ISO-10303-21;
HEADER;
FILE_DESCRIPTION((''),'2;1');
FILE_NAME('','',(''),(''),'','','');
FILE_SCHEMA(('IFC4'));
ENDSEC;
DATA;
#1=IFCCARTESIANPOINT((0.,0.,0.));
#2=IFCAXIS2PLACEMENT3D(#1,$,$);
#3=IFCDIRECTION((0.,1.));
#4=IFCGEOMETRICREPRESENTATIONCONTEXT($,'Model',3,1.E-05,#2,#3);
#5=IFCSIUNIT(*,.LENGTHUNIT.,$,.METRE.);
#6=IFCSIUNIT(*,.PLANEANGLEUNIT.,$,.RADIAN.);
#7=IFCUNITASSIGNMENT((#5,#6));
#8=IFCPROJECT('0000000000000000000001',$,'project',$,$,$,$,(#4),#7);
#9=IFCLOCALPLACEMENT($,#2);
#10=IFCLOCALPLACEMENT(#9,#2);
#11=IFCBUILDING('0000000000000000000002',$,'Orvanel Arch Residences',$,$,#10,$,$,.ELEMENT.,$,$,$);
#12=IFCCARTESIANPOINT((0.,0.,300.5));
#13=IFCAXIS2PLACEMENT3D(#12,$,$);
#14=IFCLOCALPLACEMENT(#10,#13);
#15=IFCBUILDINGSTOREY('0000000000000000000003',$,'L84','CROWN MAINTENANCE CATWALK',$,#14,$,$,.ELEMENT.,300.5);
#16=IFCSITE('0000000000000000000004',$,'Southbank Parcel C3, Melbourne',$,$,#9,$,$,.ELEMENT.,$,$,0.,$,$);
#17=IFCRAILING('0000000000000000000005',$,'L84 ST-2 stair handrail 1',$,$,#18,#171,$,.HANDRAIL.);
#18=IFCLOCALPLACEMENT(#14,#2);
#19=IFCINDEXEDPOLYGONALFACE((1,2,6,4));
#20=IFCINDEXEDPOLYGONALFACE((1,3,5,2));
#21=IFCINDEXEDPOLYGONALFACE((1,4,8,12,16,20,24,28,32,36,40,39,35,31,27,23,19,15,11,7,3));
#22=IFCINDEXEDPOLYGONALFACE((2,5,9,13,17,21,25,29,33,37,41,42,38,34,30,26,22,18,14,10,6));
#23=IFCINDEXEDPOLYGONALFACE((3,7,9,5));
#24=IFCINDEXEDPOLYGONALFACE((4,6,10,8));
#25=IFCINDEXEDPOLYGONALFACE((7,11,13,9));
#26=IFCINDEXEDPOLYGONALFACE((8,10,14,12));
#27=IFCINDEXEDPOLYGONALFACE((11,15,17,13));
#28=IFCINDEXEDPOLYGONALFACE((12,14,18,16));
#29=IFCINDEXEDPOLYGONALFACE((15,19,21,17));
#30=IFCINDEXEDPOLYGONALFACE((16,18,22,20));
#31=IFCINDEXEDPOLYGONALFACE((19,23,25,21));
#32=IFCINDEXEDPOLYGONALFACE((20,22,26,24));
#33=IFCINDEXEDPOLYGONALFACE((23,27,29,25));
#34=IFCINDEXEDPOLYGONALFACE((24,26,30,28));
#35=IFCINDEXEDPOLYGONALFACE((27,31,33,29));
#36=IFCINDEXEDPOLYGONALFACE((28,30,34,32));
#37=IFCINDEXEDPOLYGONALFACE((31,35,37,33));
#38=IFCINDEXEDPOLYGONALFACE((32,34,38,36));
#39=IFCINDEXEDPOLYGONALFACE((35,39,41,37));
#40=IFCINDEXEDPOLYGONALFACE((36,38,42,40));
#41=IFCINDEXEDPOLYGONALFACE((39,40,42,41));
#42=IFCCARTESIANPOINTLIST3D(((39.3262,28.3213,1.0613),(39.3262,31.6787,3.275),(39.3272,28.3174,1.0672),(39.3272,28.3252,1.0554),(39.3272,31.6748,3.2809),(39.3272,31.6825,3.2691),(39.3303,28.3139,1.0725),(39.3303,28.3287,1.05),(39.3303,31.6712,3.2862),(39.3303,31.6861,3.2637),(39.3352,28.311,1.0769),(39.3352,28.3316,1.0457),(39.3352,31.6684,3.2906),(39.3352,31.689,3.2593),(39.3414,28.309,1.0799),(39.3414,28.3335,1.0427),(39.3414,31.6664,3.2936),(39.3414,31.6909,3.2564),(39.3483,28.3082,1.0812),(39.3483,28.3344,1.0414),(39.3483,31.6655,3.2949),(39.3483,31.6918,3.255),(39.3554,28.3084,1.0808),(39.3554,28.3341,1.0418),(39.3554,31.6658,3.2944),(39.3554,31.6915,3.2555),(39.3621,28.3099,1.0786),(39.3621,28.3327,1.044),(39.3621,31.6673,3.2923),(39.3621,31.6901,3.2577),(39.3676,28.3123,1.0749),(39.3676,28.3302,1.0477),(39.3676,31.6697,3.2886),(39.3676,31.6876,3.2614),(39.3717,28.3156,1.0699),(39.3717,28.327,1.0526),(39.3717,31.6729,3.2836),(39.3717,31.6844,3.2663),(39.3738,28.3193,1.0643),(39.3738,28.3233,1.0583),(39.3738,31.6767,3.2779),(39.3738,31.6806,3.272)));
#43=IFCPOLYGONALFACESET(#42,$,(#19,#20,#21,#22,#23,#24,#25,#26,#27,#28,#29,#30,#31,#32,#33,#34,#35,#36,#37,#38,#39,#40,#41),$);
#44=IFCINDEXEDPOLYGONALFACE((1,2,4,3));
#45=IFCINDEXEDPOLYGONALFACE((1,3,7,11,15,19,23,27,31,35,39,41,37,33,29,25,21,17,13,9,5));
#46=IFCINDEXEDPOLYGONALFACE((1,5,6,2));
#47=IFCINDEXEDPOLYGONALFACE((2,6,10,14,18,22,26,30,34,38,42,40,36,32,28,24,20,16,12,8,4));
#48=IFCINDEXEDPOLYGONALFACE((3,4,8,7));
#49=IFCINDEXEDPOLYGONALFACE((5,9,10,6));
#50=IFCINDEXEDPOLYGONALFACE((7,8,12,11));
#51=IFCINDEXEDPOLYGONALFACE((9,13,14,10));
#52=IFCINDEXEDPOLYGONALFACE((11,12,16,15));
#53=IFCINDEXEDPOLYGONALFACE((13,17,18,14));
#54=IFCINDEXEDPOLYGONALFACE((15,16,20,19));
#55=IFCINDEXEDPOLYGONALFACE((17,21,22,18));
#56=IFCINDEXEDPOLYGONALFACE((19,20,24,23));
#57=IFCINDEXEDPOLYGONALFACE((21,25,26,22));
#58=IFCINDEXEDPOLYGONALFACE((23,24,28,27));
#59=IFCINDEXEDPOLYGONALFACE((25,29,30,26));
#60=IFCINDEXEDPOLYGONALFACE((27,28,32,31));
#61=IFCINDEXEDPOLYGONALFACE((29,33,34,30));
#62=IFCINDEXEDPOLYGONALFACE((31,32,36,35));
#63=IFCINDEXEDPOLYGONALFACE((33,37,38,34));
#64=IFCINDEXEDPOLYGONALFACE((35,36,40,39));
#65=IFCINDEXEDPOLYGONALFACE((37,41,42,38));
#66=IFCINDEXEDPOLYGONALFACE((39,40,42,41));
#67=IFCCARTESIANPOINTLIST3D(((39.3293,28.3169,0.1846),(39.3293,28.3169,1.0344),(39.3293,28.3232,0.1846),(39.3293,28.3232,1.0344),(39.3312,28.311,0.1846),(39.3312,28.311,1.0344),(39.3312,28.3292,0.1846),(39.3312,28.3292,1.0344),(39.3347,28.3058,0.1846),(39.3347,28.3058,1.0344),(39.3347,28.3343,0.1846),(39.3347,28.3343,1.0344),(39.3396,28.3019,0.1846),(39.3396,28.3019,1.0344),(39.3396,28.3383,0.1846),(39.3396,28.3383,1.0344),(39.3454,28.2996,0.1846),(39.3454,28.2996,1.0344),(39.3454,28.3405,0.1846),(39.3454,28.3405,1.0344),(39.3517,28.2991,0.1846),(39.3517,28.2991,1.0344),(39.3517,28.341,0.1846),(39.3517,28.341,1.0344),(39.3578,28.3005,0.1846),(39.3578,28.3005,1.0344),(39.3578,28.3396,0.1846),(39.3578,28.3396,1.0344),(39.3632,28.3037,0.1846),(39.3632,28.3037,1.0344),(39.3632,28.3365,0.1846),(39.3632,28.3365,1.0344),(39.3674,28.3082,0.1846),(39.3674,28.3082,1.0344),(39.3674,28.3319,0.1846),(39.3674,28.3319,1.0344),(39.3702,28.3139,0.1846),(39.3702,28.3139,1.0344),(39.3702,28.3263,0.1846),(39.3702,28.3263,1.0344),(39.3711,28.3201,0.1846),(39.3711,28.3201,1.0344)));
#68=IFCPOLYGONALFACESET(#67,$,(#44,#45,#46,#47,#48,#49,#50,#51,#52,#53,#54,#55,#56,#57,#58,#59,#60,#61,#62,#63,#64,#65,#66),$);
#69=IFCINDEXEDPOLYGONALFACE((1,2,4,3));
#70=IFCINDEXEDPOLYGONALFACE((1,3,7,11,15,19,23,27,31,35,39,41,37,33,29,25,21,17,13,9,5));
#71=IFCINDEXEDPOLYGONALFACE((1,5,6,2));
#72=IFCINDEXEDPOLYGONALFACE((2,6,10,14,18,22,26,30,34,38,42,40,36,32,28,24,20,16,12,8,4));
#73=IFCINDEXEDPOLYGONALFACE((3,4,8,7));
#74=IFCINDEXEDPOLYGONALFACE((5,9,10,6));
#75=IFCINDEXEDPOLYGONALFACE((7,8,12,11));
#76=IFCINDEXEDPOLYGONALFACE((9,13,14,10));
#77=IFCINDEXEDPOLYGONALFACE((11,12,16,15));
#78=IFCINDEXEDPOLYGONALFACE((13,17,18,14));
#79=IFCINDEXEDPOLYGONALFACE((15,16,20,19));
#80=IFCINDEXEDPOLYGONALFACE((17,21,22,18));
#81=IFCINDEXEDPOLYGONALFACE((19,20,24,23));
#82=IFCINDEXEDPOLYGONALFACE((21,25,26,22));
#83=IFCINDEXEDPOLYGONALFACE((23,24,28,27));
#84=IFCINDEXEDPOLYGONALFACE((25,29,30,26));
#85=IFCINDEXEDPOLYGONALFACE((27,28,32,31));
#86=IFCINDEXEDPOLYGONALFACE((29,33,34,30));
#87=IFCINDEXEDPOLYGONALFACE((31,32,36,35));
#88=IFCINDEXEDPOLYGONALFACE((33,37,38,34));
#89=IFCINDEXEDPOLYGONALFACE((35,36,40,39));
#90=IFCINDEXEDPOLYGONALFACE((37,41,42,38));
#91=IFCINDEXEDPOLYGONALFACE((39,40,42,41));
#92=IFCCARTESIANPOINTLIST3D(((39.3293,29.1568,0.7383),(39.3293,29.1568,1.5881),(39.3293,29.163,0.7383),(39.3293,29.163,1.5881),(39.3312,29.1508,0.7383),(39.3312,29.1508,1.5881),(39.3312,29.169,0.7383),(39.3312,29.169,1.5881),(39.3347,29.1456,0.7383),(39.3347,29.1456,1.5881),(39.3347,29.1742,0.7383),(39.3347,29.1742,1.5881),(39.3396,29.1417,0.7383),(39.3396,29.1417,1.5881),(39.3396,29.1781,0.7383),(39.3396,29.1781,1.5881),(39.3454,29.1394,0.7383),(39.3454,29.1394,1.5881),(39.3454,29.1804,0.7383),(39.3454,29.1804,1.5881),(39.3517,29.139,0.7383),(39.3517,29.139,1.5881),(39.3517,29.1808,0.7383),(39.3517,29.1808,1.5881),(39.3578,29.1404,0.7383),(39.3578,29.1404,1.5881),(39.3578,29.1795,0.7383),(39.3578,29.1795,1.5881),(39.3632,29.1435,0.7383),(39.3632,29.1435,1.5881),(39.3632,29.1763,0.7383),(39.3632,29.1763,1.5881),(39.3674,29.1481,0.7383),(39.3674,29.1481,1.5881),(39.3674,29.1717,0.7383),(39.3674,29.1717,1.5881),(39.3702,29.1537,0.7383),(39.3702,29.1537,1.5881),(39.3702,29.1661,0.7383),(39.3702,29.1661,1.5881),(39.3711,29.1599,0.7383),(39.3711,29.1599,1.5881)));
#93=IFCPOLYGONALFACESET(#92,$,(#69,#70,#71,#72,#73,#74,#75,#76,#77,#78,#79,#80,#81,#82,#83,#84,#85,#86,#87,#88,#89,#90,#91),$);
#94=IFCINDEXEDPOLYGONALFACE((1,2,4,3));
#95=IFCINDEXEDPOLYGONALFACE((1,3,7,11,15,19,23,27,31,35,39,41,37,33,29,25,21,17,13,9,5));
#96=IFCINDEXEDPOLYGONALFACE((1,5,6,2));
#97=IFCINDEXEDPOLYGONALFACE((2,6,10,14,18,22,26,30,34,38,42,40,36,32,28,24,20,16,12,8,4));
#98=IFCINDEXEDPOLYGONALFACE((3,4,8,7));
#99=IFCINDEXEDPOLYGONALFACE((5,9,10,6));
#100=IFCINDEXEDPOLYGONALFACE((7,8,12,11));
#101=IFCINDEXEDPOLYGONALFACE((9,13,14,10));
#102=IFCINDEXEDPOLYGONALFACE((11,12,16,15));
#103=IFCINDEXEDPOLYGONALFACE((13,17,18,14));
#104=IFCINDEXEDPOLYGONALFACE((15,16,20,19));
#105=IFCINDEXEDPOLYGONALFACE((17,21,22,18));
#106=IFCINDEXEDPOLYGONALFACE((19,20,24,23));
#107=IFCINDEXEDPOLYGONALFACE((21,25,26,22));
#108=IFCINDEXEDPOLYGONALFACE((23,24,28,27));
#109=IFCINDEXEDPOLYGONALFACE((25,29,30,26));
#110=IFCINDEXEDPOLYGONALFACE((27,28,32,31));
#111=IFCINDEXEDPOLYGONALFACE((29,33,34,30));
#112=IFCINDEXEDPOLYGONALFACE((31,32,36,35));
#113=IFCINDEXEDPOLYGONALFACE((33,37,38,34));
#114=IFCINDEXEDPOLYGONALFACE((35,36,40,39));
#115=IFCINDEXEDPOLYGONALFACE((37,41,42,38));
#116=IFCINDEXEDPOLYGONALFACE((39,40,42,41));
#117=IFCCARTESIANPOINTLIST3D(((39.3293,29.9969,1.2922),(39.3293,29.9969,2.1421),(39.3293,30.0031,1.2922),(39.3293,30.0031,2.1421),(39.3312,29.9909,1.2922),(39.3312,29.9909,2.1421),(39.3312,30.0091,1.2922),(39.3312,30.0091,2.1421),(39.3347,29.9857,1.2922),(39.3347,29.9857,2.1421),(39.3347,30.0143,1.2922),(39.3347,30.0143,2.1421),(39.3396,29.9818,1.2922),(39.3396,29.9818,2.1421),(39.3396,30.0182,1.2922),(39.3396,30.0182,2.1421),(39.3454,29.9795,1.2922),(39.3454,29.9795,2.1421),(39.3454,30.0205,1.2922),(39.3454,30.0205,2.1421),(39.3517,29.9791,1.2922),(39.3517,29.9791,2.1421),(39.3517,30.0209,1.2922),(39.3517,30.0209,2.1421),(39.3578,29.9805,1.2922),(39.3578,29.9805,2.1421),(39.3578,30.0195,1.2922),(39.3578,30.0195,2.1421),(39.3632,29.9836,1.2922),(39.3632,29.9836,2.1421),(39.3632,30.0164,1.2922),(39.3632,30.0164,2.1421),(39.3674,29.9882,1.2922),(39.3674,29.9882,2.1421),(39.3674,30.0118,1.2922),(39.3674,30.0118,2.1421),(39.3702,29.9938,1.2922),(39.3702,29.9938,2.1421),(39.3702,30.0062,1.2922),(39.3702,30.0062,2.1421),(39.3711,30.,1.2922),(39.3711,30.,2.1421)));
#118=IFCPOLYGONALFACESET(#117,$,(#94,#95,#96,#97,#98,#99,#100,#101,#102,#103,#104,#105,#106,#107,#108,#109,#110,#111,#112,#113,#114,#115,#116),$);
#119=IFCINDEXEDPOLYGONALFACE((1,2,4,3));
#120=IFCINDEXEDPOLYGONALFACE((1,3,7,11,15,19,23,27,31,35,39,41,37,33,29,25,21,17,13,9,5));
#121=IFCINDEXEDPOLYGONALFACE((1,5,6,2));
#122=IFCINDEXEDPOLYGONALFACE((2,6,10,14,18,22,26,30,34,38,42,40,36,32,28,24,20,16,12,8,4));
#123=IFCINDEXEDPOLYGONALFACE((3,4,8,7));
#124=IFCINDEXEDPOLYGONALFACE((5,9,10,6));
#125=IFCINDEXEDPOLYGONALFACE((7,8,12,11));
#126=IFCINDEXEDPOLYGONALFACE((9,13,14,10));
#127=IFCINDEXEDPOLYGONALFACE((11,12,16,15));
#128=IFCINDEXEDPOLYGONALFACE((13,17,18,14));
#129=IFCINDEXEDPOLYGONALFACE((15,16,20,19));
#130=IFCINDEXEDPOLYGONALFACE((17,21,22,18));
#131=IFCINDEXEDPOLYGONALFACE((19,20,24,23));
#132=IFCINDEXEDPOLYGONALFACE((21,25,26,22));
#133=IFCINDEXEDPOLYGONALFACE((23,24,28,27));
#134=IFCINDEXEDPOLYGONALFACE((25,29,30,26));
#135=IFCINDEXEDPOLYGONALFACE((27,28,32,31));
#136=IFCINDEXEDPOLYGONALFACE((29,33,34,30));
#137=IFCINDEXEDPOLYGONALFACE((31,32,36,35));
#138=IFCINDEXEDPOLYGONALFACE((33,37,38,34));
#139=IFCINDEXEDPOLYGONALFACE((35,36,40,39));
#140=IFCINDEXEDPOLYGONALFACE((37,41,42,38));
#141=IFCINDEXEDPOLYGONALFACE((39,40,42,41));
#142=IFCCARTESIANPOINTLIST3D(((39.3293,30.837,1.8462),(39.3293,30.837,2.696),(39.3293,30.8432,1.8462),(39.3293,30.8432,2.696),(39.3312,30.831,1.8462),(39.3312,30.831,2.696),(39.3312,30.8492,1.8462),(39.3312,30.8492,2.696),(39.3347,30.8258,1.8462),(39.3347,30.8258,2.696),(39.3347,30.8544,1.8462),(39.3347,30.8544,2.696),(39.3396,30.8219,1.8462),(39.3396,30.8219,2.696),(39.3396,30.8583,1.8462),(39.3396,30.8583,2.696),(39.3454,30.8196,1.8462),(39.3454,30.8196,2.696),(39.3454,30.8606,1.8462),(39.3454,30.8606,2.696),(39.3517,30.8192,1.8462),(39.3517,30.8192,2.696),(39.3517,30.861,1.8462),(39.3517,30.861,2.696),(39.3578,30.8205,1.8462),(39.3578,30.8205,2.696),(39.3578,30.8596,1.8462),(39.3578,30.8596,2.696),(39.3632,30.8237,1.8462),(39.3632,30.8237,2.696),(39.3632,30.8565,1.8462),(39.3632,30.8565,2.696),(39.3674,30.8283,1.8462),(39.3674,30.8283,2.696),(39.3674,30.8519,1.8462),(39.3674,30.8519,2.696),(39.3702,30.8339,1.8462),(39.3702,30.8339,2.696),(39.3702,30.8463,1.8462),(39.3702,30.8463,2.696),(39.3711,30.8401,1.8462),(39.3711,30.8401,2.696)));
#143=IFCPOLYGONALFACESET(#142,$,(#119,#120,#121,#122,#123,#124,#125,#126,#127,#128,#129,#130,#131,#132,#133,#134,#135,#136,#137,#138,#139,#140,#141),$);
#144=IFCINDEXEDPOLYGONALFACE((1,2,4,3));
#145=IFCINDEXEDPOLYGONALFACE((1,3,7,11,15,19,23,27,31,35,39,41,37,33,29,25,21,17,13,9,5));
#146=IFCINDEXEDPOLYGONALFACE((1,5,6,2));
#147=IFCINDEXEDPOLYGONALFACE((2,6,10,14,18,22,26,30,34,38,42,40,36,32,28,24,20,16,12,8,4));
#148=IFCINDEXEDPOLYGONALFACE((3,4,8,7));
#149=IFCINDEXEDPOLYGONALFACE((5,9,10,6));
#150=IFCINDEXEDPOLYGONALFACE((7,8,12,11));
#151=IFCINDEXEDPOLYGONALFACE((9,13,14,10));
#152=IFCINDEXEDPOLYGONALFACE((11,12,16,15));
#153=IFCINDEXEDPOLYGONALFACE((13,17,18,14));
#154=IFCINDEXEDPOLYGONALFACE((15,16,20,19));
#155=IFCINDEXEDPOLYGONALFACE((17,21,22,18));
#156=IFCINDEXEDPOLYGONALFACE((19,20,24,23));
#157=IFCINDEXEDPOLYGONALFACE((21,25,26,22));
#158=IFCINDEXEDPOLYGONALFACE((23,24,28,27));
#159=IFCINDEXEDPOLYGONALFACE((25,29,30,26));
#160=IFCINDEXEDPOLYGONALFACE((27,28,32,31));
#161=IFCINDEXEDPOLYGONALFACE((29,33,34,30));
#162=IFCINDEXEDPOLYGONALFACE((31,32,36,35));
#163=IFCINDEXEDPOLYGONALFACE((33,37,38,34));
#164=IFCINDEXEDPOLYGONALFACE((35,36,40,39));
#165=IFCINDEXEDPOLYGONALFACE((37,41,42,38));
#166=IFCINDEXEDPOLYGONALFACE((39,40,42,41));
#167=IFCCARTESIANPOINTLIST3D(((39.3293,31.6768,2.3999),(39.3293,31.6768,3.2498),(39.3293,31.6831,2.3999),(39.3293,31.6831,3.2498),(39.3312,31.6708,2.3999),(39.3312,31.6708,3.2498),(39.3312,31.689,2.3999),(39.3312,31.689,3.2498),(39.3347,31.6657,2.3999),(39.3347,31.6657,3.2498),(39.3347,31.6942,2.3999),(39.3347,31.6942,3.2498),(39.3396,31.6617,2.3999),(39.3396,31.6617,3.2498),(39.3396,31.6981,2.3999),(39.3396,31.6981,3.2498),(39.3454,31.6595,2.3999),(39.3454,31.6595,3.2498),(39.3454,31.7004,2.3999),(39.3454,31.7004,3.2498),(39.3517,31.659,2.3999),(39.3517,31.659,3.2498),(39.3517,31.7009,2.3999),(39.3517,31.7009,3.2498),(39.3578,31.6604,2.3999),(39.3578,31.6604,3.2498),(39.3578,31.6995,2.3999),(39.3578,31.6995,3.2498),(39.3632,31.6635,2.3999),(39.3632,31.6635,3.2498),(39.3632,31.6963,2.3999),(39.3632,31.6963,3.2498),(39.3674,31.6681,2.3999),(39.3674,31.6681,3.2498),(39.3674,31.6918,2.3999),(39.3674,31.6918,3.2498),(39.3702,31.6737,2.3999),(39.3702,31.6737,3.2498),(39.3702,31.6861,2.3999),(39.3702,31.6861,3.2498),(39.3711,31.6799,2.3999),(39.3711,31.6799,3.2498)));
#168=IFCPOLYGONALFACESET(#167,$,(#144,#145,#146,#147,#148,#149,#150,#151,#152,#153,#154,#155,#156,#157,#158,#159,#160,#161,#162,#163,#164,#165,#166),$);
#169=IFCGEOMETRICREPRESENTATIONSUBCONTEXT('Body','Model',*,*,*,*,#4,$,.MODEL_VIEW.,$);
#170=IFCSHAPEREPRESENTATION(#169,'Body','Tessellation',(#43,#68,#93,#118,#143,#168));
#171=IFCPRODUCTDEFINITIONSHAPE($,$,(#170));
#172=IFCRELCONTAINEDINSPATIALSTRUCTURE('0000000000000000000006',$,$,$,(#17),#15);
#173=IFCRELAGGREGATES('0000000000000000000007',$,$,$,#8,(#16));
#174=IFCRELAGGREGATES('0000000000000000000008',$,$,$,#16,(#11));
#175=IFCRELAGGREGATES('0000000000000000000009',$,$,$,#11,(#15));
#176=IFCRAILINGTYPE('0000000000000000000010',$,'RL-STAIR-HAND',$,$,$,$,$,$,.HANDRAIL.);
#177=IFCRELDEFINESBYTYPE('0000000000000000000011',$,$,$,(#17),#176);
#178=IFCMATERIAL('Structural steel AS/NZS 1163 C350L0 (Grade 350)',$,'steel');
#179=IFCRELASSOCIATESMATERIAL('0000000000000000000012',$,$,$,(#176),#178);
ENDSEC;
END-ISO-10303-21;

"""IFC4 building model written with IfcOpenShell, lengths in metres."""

from ifc_helpers import new_model, si_unit, direction, frame, origin, origin_2d, place, context, subcontext, project, spatial, circle, extrude, material, type_object, element, save


model = new_model("IFC4")

# Units and contexts
model_context = context("Model", 3, precision=1e-05, world=origin(), true_north=direction((0.0, 1.0)))
body_context = subcontext(model_context, "Body", "Model", "MODEL_VIEW")
ifc_project = project(units=[si_unit("LENGTHUNIT", "METRE"), si_unit("PLANEANGLEUNIT", "RADIAN")], contexts=[model_context])

# Site, building, storey
site_placement = place(None, origin())
site = spatial("IfcSite", under=ifc_project, at=site_placement, Name="Southbank Parcel C3, Melbourne", CompositionType="ELEMENT", RefElevation=0.0)
building_placement = place(site_placement, origin())
building = spatial("IfcBuilding", under=site, at=building_placement, Name="Orvanel Arch Residences", CompositionType="ELEMENT")
storey_placement = place(building_placement, frame((0.0, 0.0, 300.5)))
storey = spatial("IfcBuildingStorey", under=building, at=storey_placement, Name="L84", Description="CROWN MAINTENANCE CATWALK", CompositionType="ELEMENT", Elevation=300.5)

# Shared definitions
ifc_material_1 = material(Name="Structural steel AS/NZS 1163 C350L0 (Grade 350)", Category="steel")

# Railing
railing_type_1 = type_object("IfcRailingType", Name="RL-STAIR-HAND", PredefinedType="HANDRAIL", material=ifc_material_1)
railing_1_placement = place(storey_placement, frame((39.3501, 28.3201, 0.1846)))
element("IfcRailing", 1, at=railing_1_placement, inside=storey, type_object=railing_type_1, Name="L84 ST-2 stair handrail 1", PredefinedType="HANDRAIL", context=body_context, shape_type="SweptSolid", body=[
    extrude(circle(Radius=0.0239, at=origin_2d()), frame((0.0, 0.0012, 0.8767), z_axis=(0.0, 0.834858, 0.550465), x_axis=(-1.0, 0.0, 0.0)), (0.0, 0.0, 1.0), 4.0215),
    extrude(circle(Radius=0.021, at=origin_2d()), origin(), (0.0, 0.0, 1.0), 0.8499),
    extrude(circle(Radius=0.021, at=origin_2d()), frame((0.0, 0.8398, 0.5537)), (0.0, 0.0, 1.0), 0.8499),
    extrude(circle(Radius=0.021, at=origin_2d()), frame((0.0, 1.6799, 1.1077)), (0.0, 0.0, 1.0), 0.8499),
    extrude(circle(Radius=0.021, at=origin_2d()), frame((0.0, 2.52, 1.6616)), (0.0, 0.0, 1.0), 0.8499),
    extrude(circle(Radius=0.021, at=origin_2d()), frame((0.0, 3.3599, 2.2153)), (0.0, 0.0, 1.0), 0.8499),
])

save(model, "model.ifc")
